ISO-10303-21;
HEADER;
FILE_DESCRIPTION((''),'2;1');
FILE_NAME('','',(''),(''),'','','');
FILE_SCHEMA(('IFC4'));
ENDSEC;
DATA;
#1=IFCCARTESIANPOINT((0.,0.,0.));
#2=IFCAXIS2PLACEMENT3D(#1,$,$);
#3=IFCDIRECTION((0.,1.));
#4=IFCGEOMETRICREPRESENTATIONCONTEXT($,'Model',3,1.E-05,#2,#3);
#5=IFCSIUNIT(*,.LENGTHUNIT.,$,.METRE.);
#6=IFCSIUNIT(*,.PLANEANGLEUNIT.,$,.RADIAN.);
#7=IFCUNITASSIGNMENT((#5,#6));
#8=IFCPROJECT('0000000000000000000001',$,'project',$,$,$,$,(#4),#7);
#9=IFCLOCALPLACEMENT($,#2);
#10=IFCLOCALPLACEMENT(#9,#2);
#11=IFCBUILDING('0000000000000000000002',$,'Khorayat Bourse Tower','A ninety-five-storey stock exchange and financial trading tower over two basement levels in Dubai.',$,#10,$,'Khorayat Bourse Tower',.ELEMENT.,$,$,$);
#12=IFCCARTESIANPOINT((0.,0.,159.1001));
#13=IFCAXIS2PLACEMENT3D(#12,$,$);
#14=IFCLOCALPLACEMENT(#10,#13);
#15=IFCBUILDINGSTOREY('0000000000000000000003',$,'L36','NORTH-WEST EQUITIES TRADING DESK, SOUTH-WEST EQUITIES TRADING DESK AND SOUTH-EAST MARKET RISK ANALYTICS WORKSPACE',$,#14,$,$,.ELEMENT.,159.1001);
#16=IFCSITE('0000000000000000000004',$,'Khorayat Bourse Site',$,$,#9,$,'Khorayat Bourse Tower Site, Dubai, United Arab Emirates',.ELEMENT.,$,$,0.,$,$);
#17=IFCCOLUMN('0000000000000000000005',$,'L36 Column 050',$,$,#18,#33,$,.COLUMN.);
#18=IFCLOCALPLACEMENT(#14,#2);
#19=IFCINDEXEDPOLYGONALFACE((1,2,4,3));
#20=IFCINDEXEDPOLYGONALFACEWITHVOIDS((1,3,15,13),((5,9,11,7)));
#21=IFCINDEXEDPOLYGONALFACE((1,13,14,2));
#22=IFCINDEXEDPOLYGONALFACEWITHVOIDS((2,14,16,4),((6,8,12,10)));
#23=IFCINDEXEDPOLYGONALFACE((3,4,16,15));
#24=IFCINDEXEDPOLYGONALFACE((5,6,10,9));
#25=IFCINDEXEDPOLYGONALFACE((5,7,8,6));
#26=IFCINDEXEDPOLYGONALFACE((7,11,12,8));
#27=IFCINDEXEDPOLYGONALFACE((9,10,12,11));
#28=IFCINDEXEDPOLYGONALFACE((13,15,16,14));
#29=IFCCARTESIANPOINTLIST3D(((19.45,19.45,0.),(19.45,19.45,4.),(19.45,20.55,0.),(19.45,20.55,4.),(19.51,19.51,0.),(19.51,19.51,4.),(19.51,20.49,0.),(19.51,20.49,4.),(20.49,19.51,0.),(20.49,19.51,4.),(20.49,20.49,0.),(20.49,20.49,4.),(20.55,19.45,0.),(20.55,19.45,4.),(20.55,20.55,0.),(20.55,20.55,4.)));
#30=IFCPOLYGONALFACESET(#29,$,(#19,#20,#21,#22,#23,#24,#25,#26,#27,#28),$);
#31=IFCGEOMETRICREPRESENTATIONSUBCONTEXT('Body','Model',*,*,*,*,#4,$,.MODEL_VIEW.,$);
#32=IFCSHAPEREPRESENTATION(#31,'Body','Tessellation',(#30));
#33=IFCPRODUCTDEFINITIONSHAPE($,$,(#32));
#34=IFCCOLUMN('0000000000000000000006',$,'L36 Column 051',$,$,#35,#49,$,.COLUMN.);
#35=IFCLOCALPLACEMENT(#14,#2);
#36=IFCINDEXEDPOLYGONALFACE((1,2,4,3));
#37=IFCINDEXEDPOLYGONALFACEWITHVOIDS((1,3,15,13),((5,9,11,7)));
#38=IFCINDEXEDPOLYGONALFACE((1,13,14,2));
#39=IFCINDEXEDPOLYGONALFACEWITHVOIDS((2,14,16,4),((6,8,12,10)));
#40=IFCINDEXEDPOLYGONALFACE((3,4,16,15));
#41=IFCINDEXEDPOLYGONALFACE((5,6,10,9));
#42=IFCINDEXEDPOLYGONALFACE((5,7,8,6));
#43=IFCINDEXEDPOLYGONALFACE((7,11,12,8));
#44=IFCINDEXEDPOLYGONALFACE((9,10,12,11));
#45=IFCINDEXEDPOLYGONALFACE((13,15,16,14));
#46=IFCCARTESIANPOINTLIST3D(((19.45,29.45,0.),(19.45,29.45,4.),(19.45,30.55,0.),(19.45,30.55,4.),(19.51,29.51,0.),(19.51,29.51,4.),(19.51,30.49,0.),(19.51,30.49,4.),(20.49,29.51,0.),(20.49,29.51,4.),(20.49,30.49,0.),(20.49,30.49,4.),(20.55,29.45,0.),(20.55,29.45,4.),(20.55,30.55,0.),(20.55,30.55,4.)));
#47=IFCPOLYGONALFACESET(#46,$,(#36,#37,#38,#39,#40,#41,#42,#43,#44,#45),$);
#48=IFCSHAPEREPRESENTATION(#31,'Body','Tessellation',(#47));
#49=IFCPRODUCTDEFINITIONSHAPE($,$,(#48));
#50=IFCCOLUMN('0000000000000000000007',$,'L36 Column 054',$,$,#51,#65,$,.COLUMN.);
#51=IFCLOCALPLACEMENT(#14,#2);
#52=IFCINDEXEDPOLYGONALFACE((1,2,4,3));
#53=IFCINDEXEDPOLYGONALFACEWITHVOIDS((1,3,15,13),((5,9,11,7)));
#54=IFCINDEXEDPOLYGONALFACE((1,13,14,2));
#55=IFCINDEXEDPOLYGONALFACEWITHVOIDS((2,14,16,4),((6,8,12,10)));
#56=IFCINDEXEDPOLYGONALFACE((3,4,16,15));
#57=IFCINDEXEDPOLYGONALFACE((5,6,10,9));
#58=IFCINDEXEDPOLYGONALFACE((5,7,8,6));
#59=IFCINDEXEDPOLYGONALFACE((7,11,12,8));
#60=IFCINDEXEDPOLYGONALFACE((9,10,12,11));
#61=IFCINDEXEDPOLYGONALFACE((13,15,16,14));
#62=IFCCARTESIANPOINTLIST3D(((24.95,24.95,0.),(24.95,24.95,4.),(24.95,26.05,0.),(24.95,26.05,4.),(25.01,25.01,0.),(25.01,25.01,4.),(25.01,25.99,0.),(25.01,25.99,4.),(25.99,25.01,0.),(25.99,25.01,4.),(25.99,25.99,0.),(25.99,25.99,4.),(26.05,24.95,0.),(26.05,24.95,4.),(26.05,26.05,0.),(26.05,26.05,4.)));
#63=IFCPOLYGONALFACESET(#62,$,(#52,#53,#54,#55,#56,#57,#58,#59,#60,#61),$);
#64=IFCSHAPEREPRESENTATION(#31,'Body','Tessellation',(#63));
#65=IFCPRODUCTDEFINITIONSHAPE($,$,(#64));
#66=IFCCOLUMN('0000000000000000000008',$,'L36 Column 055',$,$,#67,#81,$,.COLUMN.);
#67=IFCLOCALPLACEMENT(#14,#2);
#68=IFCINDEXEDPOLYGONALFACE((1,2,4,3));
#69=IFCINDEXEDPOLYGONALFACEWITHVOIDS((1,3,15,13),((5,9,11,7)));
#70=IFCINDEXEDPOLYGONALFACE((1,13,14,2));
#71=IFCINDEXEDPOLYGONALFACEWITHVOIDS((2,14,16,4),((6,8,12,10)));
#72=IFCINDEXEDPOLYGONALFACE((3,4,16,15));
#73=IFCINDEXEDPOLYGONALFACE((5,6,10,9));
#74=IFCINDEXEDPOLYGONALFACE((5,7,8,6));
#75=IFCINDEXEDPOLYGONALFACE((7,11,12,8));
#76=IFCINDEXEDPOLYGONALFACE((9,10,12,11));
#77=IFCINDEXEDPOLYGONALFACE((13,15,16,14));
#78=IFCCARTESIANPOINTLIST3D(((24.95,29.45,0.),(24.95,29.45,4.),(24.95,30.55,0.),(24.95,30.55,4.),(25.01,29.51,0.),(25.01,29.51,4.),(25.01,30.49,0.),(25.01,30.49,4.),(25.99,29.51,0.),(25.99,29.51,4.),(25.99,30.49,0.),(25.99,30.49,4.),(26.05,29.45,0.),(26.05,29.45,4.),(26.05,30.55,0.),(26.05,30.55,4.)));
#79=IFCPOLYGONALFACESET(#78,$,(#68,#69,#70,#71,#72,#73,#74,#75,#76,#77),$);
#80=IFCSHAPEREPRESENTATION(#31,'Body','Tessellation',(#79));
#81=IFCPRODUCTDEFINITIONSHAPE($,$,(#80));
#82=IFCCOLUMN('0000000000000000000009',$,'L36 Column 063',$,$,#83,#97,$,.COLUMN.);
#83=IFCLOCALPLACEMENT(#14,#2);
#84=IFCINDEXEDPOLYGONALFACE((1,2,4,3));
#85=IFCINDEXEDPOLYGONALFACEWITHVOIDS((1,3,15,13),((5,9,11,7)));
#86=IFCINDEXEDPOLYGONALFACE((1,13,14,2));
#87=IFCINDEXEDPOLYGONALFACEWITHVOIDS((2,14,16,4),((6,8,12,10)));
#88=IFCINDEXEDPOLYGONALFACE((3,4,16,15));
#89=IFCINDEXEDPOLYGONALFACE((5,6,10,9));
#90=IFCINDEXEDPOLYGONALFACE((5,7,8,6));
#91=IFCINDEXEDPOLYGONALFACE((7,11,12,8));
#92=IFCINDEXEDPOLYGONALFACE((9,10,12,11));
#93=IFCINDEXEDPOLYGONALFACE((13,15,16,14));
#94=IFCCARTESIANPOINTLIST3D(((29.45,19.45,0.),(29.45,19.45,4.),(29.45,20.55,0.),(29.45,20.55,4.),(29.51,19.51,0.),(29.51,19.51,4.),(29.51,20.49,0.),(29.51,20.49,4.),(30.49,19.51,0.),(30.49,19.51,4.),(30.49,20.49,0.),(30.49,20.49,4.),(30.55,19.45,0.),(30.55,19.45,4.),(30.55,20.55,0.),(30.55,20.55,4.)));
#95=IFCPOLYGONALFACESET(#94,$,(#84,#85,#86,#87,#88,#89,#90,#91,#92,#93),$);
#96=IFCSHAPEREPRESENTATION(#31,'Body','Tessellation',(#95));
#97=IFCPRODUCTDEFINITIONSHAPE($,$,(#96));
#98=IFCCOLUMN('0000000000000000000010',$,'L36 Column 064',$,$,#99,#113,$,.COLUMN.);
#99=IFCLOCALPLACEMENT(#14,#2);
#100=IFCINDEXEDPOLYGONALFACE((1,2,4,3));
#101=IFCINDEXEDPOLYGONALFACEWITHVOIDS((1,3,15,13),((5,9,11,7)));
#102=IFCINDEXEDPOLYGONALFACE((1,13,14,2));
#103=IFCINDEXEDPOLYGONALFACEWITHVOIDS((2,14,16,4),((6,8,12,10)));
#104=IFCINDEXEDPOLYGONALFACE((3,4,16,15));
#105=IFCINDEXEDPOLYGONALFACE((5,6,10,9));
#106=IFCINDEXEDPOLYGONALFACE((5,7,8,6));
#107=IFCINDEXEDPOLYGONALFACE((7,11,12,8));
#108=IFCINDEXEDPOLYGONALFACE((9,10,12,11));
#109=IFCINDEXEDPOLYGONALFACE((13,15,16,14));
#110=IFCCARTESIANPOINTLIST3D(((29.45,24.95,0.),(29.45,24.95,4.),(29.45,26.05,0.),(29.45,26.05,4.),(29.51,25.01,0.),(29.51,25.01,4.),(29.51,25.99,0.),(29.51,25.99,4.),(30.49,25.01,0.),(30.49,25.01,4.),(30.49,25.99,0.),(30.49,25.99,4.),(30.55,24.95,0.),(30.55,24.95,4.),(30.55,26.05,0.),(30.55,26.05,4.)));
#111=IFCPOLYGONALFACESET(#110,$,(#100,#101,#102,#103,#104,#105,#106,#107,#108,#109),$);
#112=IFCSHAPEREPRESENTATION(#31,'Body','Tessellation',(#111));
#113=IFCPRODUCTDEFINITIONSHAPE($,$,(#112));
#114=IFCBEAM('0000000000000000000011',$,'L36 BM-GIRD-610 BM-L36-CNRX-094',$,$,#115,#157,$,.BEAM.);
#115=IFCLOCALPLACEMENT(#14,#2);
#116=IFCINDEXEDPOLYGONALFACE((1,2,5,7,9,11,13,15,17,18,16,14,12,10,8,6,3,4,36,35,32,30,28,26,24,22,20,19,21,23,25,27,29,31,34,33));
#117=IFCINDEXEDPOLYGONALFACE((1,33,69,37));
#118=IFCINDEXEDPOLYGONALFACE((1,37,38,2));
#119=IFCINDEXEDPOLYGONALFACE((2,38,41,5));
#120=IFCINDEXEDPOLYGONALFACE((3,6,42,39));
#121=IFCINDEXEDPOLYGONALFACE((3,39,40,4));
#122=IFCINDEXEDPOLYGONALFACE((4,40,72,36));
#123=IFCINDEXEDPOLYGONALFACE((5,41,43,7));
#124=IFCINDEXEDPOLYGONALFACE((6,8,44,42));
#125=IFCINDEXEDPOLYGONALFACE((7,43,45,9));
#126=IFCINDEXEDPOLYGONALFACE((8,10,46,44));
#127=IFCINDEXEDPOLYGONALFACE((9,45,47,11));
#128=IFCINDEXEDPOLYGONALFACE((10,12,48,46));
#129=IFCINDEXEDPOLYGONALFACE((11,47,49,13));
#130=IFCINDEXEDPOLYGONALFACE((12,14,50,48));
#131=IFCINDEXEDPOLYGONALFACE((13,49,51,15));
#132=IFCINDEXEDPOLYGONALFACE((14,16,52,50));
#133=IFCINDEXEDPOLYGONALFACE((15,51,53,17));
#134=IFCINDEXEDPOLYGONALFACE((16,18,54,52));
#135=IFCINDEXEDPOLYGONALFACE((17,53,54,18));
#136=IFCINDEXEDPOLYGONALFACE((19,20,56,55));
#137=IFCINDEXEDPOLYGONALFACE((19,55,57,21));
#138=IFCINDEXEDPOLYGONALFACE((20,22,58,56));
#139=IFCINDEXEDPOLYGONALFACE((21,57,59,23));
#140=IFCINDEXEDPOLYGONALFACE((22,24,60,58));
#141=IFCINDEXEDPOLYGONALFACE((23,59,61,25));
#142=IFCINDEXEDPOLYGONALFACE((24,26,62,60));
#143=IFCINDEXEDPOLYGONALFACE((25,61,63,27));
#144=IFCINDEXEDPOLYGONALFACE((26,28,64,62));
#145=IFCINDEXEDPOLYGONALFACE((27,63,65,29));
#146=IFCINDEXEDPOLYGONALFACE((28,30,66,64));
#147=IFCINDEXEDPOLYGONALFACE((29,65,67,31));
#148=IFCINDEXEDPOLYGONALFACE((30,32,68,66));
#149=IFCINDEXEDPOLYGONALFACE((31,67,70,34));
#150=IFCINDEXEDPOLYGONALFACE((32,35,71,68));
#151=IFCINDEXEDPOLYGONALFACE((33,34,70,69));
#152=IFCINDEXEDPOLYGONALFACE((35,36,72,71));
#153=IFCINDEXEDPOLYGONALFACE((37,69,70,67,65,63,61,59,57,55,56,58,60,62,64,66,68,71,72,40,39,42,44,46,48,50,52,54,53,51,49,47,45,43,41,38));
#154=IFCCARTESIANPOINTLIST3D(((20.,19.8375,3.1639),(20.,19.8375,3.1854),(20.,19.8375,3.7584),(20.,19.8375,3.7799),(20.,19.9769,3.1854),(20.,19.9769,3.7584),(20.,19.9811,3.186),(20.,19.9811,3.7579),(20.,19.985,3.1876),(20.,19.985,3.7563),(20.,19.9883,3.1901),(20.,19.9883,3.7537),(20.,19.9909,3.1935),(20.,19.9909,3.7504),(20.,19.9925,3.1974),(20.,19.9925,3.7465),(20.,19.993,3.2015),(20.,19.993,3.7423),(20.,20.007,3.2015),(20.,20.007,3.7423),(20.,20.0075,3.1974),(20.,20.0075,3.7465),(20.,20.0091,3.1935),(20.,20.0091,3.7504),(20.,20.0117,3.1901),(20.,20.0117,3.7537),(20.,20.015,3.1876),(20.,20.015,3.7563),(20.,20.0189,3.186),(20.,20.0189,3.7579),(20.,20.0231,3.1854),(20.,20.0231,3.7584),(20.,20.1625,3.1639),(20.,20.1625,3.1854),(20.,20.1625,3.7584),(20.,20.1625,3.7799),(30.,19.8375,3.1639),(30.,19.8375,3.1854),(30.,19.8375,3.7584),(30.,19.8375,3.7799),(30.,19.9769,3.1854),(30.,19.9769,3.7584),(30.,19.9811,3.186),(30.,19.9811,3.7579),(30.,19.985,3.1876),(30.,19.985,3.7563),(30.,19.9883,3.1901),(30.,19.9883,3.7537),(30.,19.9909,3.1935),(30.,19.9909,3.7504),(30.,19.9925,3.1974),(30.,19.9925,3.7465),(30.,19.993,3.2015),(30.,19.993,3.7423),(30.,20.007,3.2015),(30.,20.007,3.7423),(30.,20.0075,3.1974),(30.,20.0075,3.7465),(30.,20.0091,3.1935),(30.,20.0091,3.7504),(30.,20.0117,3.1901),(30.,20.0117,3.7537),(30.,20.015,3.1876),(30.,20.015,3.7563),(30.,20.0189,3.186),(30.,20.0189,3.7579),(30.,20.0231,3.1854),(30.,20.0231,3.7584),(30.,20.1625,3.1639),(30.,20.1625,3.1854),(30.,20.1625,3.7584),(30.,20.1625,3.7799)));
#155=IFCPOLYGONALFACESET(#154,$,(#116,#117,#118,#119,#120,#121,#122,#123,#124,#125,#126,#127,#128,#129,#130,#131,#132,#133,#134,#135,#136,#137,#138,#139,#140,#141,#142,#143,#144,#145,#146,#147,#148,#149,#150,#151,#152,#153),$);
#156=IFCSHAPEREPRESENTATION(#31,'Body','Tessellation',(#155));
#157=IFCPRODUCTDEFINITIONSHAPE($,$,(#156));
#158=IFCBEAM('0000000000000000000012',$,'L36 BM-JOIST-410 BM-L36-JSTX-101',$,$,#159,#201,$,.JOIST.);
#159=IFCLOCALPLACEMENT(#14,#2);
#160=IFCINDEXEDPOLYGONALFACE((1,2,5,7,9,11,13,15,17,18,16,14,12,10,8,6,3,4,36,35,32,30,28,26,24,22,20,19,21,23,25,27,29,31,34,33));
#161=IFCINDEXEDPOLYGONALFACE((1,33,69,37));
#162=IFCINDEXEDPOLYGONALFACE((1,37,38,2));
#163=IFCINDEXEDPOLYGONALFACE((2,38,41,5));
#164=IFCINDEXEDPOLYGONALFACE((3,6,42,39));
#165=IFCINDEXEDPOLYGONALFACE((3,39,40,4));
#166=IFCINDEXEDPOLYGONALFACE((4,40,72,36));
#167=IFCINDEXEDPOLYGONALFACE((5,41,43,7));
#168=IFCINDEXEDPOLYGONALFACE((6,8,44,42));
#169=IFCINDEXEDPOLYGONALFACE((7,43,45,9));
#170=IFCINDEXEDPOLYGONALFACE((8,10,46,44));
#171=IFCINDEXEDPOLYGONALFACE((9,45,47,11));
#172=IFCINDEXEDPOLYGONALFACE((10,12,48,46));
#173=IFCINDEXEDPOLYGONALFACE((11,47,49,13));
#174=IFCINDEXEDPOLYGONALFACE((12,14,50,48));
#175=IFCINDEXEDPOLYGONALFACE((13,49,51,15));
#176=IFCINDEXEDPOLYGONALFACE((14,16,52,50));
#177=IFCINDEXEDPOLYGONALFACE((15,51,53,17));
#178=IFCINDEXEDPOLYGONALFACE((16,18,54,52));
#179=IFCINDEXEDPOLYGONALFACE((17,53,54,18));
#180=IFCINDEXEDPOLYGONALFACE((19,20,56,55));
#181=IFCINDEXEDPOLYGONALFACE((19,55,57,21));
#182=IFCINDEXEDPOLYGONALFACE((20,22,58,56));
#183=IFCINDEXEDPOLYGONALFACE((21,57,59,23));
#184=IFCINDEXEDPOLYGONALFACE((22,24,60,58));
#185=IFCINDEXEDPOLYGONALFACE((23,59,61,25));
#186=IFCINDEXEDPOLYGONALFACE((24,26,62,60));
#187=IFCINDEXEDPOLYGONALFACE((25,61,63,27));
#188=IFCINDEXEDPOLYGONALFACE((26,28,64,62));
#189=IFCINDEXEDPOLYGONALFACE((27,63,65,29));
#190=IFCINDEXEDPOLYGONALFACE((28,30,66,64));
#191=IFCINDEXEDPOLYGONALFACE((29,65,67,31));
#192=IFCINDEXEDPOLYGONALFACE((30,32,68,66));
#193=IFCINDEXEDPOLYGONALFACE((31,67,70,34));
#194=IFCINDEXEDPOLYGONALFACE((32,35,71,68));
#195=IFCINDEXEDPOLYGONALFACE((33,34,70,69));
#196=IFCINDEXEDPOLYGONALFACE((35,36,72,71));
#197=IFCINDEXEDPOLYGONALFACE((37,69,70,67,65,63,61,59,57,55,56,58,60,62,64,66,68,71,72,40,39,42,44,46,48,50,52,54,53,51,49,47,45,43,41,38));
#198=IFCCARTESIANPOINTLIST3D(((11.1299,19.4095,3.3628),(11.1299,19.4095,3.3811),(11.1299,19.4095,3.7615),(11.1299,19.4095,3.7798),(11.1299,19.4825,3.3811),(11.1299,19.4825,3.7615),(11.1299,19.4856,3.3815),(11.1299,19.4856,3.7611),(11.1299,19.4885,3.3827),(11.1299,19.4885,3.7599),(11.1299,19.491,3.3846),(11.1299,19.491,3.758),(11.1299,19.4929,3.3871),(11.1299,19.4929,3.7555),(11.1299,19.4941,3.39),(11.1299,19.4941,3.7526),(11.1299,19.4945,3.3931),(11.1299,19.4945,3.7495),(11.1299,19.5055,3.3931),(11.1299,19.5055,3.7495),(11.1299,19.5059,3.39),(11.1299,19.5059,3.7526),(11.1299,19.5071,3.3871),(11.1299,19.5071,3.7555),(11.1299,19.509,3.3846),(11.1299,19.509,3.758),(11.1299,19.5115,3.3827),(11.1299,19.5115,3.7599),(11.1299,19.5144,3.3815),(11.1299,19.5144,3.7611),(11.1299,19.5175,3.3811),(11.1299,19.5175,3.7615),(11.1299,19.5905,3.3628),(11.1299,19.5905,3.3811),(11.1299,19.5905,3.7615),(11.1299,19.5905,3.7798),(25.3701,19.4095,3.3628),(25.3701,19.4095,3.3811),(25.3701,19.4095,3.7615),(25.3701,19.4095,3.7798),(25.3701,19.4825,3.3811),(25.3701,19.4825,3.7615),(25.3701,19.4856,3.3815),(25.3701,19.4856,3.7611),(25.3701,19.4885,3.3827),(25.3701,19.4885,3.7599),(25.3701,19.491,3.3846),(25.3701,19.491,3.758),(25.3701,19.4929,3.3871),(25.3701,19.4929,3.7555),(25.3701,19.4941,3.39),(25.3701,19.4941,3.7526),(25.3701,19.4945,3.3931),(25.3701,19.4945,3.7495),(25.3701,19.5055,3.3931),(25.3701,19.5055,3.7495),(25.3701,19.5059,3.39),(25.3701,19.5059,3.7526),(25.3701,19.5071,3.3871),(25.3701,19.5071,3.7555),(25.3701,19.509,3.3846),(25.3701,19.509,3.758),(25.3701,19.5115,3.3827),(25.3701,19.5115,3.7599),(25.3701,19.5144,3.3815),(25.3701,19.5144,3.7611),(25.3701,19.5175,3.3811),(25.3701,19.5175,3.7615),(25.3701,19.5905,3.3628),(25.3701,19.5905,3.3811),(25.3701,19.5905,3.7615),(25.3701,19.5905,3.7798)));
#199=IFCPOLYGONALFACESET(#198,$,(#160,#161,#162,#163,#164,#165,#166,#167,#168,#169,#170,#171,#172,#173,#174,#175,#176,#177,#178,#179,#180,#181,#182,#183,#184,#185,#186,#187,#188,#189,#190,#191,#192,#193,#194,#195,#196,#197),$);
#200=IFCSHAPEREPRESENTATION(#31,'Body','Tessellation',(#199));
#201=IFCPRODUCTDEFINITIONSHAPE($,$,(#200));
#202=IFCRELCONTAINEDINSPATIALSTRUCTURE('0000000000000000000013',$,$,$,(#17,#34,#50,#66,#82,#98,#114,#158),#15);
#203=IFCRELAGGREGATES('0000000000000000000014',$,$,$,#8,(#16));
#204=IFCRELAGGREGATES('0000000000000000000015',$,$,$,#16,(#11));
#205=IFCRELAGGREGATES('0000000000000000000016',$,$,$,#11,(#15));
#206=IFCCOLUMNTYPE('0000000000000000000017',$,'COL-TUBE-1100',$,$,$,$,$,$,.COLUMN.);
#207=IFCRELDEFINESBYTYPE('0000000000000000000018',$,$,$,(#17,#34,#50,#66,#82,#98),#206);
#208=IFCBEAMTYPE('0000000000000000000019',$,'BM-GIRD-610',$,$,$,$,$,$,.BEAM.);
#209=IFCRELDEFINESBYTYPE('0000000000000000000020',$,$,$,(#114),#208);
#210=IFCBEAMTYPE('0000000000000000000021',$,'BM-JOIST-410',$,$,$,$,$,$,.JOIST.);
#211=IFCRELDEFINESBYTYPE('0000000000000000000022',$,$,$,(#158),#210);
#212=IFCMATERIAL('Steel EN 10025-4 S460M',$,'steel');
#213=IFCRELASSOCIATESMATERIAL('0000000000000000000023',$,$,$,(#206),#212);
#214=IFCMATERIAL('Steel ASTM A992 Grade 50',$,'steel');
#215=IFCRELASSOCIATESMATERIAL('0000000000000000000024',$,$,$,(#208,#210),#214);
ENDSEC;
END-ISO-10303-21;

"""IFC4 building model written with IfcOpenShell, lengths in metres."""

from ifc_helpers import new_model, si_unit, direction, frame, origin, origin_2d, place, context, subcontext, project, spatial, hollow_rectangle, i_section, extrude, source, transform, mapped, material, material_profile, profile_set, type_object, element, save


model = new_model("IFC4")

# Units and contexts
model_context = context("Model", 3, precision=1e-05, world=origin(), true_north=direction((0.0, 1.0)))
body_context = subcontext(model_context, "Body", "Model", "MODEL_VIEW")
ifc_project = project(units=[si_unit("LENGTHUNIT", "METRE"), si_unit("PLANEANGLEUNIT", "RADIAN")], contexts=[model_context])

# Site, building, storey
site_placement = place(None, origin())
site = spatial("IfcSite", under=ifc_project, at=site_placement, Name="Khorayat Bourse Site", LongName="Khorayat Bourse Tower Site, Dubai, United Arab Emirates", CompositionType="ELEMENT", RefElevation=0.0)
building_placement = place(site_placement, origin())
building = spatial("IfcBuilding", under=site, at=building_placement, Name="Khorayat Bourse Tower", Description="A ninety-five-storey stock exchange and financial trading tower over two basement levels in Dubai.", LongName="Khorayat Bourse Tower", CompositionType="ELEMENT")
storey_placement = place(building_placement, frame((0.0, 0.0, 159.1001)))
storey = spatial("IfcBuildingStorey", under=building, at=storey_placement, Name="L36", Description="NORTH-WEST EQUITIES TRADING DESK, SOUTH-WEST EQUITIES TRADING DESK AND SOUTH-EAST MARKET RISK ANALYTICS WORKSPACE", CompositionType="ELEMENT", Elevation=159.1001)

# Columns
ifc_material_1 = material(Name="Steel EN 10025-4 S460M", Category="steel")
ifc_material_profile_1 = material_profile(ifc_material_1, hollow_rectangle(XDim=1.1001, YDim=1.1001, WallThickness=0.0601, at=origin_2d()), Name="BOX 1100x1100x60")
ifc_profile_set_1 = profile_set([ifc_material_profile_1], Name="Steel EN 10025-4 S460M")
column_type = type_object("IfcColumnType", Name="COL-TUBE-1100", PredefinedType="COLUMN", material=ifc_profile_set_1)
shared_shape_1 = source(origin(), body_context, "Body", "SweptSolid", [
    extrude(hollow_rectangle(XDim=1.1001, YDim=1.1001, WallThickness=0.0601, at=origin_2d()), origin(), (0.0, 0.0, 1.0), 4.0),
])
for number, where, z_axis, x_axis, name in (
    (1, (20.0, 20.0, 0.0), (0.0, 0.0, 1.0), (1.0, 0.0, 0.0), "L36 Column 050"),
    (2, (20.0, 30.0, 0.0), (0.0, 0.0, 1.0), (1.0, 0.0, 0.0), "L36 Column 051"),
    (3, (25.5, 25.5, 0.0), (0.0, 0.0, 1.0), (1.0, 0.0, 0.0), "L36 Column 054"),
    (4, (25.5, 30.0, 0.0), (0.0, 0.0, 1.0), (1.0, 0.0, 0.0), "L36 Column 055"),
    (5, (30.0, 20.0, 0.0), (0.0, 0.0, 1.0), (1.0, 0.0, 0.0), "L36 Column 063"),
    (6, (30.0, 25.5, 0.0), (0.0, 0.0, 1.0), (1.0, 0.0, 0.0), "L36 Column 064"),
):
    element("IfcColumn", number, at=place(storey_placement, frame(where, z_axis=z_axis, x_axis=x_axis)), inside=storey, type_object=column_type, Name=name, PredefinedType="COLUMN", context=body_context, shape_type="MappedRepresentation", body=[
        mapped(shared_shape_1, transform((0.0, 0.0, 0.0), scale=1.0)),
    ])

# Beams
ifc_material_2 = material(Name="Steel ASTM A992 Grade 50", Category="steel")
ifc_material_profile_2 = material_profile(ifc_material_2, i_section(OverallWidth=0.325, OverallDepth=0.616, WebThickness=0.0139, FlangeThickness=0.0215, FilletRadius=0.0161, at=origin_2d()), Name="W610X174")
ifc_profile_set_2 = profile_set([ifc_material_profile_2], Name="Steel ASTM A992 Grade 50")
beam_type_1 = type_object("IfcBeamType", Name="BM-GIRD-610", PredefinedType="BEAM", material=ifc_profile_set_2)
shared_shape_2 = source(origin(), body_context, "Body", "SweptSolid", [
    extrude(i_section(OverallWidth=0.325, OverallDepth=0.616, WebThickness=0.0139, FlangeThickness=0.0215, FilletRadius=0.0161, at=origin_2d()), origin(), (0.0, 0.0, 1.0), 10.0),
])
beam_1_placement = place(storey_placement, frame((20.0, 20.0, 3.4719), z_axis=(1.0, 0.0, 0.0), x_axis=(0.0, 1.0, 0.0)))
element("IfcBeam", 7, at=beam_1_placement, inside=storey, type_object=beam_type_1, Name="L36 BM-GIRD-610 BM-L36-CNRX-094", PredefinedType="BEAM", context=body_context, shape_type="MappedRepresentation", body=[
    mapped(shared_shape_2, transform((0.0, 0.0, 0.0), scale=1.0)),
])
ifc_material_profile_3 = material_profile(ifc_material_2, i_section(OverallWidth=0.1809, OverallDepth=0.417, WebThickness=0.011, FlangeThickness=0.0183, FilletRadius=0.012, at=origin_2d()), Name="W410X85")
ifc_profile_set_3 = profile_set([ifc_material_profile_3], Name="Steel ASTM A992 Grade 50")
beam_type_2 = type_object("IfcBeamType", Name="BM-JOIST-410", PredefinedType="JOIST", material=ifc_profile_set_3)
shared_shape_3 = source(origin(), body_context, "Body", "SweptSolid", [
    extrude(i_section(OverallWidth=0.1809, OverallDepth=0.417, WebThickness=0.011, FlangeThickness=0.0183, FilletRadius=0.012, at=origin_2d()), origin(), (0.0, 0.0, 1.0), 14.2402),
])
beam_2_placement = place(storey_placement, frame((11.1299, 19.5, 3.5713), z_axis=(1.0, 0.0, 0.0), x_axis=(0.0, 1.0, 0.0)))
element("IfcBeam", 8, at=beam_2_placement, inside=storey, type_object=beam_type_2, Name="L36 BM-JOIST-410 BM-L36-JSTX-101", PredefinedType="JOIST", context=body_context, shape_type="MappedRepresentation", body=[
    mapped(shared_shape_3, transform((0.0, 0.0, 0.0), scale=1.0)),
])

save(model, "model.ifc")
